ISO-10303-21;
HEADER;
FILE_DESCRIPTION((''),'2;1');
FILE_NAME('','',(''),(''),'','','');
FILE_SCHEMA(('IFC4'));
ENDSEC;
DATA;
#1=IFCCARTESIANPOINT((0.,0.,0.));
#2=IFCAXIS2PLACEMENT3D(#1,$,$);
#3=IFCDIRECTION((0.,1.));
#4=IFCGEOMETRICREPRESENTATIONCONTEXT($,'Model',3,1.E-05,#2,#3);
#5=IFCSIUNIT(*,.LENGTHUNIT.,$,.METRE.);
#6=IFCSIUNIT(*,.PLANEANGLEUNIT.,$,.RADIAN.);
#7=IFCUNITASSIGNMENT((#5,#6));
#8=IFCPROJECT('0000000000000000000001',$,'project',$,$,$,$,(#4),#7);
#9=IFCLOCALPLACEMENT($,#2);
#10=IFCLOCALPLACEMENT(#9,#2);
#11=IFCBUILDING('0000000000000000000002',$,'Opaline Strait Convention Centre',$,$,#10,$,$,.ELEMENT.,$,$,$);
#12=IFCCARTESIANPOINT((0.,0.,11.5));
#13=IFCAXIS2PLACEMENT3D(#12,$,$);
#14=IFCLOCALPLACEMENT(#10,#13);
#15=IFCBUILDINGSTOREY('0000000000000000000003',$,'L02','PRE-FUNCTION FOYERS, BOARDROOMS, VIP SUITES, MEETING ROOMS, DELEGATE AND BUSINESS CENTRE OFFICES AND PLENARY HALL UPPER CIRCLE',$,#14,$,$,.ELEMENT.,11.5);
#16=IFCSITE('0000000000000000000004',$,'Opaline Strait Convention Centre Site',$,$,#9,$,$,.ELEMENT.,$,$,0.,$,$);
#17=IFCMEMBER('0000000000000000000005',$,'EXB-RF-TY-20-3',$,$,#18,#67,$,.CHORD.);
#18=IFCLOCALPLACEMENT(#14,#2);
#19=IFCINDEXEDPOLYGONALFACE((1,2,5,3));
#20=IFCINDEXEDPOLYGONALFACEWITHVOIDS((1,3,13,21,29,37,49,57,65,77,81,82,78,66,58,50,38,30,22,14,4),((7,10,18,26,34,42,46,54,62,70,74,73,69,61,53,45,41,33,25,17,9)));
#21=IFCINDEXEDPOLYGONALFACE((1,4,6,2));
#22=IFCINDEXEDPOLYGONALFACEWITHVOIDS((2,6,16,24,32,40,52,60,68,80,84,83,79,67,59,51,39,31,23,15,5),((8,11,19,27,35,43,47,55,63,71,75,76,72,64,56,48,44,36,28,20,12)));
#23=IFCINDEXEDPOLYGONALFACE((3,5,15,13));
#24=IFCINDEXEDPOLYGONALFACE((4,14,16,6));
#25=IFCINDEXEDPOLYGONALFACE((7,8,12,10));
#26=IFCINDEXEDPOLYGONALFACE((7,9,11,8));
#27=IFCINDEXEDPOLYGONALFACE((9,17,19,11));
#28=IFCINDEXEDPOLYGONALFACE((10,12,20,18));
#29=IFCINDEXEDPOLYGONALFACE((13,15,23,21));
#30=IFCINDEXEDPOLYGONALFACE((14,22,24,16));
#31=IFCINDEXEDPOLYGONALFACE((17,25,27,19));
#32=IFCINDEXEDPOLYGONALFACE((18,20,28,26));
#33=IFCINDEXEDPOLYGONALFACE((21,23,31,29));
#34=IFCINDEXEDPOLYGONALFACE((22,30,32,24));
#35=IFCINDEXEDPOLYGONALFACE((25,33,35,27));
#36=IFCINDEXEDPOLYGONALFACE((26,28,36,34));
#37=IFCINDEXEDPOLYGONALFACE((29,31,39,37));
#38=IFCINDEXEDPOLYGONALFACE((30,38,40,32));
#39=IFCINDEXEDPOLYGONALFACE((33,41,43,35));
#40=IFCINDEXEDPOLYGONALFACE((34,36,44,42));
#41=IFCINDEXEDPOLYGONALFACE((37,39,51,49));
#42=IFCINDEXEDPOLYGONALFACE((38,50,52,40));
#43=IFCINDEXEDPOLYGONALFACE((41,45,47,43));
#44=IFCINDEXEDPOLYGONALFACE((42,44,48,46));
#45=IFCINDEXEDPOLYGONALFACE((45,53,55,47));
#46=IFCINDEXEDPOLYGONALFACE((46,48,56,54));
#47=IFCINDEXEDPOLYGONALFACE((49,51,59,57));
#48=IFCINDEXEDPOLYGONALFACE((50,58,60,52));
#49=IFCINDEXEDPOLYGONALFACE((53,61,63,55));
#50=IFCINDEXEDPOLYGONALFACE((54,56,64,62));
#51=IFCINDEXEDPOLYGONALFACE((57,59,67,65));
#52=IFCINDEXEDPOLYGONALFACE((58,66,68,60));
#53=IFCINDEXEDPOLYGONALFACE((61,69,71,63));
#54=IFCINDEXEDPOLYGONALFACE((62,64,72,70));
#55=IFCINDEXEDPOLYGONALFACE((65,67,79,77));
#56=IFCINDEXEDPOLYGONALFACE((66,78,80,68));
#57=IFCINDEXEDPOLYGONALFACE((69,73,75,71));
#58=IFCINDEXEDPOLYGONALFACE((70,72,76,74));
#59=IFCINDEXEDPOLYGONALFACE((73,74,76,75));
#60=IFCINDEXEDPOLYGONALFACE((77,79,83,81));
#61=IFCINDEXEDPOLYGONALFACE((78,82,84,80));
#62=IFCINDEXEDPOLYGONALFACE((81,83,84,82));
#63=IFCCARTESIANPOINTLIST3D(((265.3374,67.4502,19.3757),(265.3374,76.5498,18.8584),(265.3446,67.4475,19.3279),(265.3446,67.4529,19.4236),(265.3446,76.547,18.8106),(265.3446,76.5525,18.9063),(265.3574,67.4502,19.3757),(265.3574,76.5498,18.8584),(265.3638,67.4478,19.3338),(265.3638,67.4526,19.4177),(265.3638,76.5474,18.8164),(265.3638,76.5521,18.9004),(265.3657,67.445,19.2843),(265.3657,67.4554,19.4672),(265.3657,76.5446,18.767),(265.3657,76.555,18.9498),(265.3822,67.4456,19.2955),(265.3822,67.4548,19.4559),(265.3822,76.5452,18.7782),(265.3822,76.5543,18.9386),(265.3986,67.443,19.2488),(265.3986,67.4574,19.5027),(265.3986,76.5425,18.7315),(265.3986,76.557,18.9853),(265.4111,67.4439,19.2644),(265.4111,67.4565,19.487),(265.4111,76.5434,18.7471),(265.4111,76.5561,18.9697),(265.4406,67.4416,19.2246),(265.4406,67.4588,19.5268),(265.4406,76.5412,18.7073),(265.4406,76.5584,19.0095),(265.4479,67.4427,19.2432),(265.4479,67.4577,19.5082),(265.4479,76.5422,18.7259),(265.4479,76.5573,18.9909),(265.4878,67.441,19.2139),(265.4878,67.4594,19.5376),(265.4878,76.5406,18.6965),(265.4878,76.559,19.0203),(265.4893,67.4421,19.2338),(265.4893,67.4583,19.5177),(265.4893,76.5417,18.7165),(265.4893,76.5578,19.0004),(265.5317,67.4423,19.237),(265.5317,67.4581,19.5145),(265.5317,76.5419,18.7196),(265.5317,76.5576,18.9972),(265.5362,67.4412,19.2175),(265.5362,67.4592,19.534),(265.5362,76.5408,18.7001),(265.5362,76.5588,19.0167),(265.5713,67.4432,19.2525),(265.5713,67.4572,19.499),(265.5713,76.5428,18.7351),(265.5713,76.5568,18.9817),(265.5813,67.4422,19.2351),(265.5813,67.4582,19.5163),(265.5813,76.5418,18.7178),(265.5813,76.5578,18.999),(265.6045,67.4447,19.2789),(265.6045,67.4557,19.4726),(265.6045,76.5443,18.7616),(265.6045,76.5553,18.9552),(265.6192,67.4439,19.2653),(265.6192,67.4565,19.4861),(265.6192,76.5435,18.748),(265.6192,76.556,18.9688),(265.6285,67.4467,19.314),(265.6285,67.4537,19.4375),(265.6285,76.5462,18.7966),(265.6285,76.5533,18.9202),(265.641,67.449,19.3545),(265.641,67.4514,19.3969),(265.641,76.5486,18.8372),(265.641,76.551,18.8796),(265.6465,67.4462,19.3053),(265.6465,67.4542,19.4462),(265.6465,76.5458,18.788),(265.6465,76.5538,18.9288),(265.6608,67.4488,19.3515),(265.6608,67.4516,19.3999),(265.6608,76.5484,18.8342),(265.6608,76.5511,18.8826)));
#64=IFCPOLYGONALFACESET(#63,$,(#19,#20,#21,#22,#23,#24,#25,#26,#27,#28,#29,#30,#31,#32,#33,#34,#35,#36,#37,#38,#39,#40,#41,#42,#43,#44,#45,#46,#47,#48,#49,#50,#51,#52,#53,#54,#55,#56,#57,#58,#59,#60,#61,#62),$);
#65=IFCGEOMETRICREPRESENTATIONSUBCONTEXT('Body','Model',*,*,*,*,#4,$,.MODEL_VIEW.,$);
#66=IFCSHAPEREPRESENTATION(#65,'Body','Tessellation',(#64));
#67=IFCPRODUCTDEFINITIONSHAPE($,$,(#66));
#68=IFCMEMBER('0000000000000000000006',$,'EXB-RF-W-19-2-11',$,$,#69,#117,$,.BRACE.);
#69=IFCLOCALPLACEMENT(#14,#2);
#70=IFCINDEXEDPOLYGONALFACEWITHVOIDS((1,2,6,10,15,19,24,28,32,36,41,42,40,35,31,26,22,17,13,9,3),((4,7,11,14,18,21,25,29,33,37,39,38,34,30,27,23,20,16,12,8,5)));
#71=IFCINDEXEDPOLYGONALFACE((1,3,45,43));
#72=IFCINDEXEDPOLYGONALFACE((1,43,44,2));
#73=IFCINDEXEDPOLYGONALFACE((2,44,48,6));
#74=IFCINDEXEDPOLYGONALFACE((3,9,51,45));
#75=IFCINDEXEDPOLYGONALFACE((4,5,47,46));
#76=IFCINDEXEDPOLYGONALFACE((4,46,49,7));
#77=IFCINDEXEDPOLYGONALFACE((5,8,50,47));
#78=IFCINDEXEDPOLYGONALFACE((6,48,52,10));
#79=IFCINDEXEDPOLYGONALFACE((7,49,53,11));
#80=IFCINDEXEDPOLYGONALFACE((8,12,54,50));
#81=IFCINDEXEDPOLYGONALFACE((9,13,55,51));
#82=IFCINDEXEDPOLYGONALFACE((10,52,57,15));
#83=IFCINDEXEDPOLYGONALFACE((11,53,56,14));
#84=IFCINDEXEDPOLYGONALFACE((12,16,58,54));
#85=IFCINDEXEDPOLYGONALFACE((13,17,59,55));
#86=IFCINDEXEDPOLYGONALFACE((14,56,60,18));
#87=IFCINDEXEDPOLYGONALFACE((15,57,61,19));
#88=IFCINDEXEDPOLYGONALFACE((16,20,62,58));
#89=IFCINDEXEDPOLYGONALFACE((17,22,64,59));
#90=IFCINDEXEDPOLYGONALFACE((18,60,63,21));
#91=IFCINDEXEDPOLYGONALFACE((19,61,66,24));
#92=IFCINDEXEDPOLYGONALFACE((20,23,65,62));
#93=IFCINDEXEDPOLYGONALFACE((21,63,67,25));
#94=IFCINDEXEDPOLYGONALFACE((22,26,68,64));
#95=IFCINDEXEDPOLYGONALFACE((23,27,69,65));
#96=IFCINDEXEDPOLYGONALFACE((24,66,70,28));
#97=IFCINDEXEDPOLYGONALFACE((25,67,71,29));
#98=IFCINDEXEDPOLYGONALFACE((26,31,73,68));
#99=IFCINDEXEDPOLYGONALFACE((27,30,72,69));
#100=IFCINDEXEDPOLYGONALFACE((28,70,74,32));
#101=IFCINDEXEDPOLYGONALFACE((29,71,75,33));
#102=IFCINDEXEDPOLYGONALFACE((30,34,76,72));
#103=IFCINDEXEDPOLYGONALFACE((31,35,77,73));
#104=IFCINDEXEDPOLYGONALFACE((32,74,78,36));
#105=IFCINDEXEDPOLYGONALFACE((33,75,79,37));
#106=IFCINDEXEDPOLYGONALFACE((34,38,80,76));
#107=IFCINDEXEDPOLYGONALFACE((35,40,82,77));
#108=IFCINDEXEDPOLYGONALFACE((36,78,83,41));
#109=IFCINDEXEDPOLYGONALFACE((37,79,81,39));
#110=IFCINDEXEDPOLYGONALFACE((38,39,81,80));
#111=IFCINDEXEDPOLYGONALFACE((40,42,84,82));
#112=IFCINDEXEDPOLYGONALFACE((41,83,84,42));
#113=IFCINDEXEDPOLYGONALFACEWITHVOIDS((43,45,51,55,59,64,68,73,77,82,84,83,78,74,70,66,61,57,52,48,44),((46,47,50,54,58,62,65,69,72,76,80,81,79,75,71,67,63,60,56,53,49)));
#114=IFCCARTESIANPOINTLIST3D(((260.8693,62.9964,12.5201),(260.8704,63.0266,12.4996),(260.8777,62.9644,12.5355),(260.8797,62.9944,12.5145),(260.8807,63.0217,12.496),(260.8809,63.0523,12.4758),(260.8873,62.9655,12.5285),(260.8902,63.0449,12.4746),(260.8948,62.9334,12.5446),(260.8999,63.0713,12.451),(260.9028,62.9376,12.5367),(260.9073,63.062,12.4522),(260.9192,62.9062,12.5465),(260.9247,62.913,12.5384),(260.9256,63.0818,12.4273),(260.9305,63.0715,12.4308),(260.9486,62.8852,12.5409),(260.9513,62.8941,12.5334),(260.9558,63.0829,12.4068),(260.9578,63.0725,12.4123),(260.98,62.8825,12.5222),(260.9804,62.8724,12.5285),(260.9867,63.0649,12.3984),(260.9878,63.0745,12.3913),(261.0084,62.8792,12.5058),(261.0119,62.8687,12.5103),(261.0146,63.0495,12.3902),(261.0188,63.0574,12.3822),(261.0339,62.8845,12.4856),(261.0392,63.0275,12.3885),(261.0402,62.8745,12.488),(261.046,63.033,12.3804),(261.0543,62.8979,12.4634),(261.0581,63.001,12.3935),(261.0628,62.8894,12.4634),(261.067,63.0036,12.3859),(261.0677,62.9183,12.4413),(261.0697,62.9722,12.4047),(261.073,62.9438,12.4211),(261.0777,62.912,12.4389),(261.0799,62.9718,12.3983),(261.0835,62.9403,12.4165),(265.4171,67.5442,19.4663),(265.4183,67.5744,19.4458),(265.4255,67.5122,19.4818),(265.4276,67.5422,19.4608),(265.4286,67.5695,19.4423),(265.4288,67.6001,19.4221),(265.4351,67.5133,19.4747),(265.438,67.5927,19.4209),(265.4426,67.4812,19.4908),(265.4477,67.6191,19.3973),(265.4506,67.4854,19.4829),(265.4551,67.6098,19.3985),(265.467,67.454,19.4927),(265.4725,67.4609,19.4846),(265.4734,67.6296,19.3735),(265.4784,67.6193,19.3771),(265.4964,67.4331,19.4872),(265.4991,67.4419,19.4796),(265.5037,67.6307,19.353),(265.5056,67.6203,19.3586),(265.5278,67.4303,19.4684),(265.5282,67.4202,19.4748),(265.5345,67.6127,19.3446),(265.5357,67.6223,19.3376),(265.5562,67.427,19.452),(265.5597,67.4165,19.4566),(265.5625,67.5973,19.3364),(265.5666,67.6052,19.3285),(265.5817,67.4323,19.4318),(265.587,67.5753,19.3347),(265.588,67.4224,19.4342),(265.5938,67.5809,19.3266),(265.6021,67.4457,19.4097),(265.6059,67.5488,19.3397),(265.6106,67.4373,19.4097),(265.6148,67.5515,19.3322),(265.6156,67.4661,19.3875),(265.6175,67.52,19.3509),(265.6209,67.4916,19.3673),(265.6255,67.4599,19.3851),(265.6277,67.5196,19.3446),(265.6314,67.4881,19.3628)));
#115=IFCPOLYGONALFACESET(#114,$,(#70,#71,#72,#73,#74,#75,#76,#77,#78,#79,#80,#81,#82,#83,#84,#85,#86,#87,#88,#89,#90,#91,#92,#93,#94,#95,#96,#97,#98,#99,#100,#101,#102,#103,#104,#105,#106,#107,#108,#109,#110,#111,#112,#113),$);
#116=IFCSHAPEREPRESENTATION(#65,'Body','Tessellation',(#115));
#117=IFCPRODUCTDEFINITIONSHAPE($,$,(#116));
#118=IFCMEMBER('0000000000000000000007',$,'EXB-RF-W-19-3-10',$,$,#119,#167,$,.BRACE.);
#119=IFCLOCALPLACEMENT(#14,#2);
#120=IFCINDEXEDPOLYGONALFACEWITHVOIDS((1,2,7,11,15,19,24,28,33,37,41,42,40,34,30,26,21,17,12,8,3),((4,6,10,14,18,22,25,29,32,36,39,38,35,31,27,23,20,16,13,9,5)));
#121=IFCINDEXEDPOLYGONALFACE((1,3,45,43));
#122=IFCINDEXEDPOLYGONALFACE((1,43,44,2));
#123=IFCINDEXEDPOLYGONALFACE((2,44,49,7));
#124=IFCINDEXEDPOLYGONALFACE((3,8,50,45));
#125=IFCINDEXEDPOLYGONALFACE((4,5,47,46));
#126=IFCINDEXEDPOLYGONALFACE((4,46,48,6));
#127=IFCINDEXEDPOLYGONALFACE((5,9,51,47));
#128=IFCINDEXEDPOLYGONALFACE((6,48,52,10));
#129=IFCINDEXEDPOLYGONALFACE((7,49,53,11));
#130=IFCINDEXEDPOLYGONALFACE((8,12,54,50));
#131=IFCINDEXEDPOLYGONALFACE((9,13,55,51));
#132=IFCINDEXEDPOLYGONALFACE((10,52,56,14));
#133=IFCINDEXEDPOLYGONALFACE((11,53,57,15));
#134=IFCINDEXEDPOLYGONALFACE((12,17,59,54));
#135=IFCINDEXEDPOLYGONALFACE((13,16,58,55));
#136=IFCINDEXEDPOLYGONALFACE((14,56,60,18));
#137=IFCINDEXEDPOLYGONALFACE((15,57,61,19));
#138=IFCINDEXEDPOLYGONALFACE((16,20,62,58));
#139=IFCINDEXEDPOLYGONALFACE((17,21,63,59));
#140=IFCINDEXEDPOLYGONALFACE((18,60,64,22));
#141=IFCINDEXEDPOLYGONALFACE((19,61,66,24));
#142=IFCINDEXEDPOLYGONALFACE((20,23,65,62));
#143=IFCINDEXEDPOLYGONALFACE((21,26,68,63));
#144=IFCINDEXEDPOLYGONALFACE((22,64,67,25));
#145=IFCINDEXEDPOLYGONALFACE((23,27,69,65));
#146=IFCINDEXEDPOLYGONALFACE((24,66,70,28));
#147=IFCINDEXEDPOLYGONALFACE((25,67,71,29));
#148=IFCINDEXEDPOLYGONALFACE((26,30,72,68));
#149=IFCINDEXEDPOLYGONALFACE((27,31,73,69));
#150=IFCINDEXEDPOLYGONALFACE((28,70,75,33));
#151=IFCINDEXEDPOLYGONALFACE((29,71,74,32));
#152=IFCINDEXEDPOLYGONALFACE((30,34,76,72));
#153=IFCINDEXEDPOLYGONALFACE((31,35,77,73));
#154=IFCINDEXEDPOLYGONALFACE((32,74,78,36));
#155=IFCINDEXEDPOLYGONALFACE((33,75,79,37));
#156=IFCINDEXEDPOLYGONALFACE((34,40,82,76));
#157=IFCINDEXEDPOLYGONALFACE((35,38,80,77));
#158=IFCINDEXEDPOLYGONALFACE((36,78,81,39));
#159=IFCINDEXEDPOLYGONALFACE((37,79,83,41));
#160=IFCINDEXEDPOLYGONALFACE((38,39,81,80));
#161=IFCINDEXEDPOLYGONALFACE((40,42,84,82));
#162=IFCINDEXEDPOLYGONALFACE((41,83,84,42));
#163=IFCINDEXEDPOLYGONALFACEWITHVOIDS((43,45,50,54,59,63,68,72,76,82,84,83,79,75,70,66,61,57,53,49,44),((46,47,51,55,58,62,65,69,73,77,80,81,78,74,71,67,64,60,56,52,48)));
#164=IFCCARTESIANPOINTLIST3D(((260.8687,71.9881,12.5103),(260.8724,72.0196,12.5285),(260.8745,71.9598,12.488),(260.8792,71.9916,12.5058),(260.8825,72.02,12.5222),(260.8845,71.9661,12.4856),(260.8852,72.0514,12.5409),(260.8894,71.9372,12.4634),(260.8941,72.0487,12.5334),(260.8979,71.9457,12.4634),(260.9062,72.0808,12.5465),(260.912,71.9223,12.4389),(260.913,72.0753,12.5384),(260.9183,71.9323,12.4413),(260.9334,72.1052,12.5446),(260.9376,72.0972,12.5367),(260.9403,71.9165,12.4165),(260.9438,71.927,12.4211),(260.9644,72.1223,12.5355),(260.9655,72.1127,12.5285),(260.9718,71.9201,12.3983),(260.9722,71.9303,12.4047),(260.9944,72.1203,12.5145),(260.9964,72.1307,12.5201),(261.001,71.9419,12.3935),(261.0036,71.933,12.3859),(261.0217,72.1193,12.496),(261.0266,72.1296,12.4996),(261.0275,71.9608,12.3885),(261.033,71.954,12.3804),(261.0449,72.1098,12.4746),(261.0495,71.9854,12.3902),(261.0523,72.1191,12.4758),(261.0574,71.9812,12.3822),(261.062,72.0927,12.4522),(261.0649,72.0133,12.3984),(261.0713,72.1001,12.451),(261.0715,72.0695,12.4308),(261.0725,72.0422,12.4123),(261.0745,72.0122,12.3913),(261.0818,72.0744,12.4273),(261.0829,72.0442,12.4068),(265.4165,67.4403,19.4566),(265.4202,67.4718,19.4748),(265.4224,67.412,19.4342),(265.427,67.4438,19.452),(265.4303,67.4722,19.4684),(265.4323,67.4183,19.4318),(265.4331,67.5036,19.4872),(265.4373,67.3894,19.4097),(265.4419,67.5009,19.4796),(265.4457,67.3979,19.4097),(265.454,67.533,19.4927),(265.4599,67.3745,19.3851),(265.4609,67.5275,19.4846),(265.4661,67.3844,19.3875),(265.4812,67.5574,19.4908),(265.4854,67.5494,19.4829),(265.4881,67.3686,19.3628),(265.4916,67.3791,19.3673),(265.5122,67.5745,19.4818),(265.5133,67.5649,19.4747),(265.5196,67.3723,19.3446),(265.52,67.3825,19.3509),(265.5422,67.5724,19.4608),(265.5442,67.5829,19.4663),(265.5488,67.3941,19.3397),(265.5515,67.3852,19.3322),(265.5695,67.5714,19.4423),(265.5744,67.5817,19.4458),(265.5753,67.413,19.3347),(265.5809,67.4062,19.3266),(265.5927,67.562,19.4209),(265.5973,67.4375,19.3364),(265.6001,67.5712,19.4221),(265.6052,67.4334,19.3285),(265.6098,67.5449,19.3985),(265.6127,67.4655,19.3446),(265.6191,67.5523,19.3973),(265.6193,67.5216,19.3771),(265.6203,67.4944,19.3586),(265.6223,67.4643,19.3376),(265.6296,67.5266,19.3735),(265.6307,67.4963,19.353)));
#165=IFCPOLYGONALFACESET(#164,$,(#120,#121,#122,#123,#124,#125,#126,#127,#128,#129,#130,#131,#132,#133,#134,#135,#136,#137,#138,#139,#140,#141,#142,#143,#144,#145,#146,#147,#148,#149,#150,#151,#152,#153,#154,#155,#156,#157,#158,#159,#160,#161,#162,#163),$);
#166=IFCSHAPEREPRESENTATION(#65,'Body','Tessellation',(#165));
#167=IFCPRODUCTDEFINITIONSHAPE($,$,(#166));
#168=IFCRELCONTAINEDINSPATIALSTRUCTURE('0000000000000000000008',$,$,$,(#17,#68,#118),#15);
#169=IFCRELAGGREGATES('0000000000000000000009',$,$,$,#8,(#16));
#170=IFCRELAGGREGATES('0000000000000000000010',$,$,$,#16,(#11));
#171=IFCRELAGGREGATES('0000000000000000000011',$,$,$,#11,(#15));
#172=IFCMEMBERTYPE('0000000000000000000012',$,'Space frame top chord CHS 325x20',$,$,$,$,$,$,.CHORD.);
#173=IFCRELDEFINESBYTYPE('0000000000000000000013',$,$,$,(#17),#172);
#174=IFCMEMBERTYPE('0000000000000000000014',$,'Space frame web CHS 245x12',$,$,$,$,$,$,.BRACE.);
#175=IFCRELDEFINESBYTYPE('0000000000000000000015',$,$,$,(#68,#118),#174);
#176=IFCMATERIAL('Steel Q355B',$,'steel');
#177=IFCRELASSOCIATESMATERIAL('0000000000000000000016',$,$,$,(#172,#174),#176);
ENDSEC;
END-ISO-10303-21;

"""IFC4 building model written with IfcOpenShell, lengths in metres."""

from ifc_helpers import new_model, si_unit, direction, frame, origin, origin_2d, place, context, subcontext, project, spatial, hollow_circle, extrude, material, material_profile, profile_set, type_object, element, save


model = new_model("IFC4")

# Units and contexts
model_context = context("Model", 3, precision=1e-05, world=origin(), true_north=direction((0.0, 1.0)))
body_context = subcontext(model_context, "Body", "Model", "MODEL_VIEW")
ifc_project = project(units=[si_unit("LENGTHUNIT", "METRE"), si_unit("PLANEANGLEUNIT", "RADIAN")], contexts=[model_context])

# Site, building, storey
site_placement = place(None, origin())
site = spatial("IfcSite", under=ifc_project, at=site_placement, Name="Opaline Strait Convention Centre Site", CompositionType="ELEMENT", RefElevation=0.0)
building_placement = place(site_placement, origin())
building = spatial("IfcBuilding", under=site, at=building_placement, Name="Opaline Strait Convention Centre", CompositionType="ELEMENT")
storey_placement = place(building_placement, frame((0.0, 0.0, 11.5)))
storey = spatial("IfcBuildingStorey", under=building, at=storey_placement, Name="L02", Description="PRE-FUNCTION FOYERS, BOARDROOMS, VIP SUITES, MEETING ROOMS, DELEGATE AND BUSINESS CENTRE OFFICES AND PLENARY HALL UPPER CIRCLE", CompositionType="ELEMENT", Elevation=11.5)

# Members
ifc_material_1 = material(Name="Steel Q355B", Category="steel")
ifc_material_profile_1 = material_profile(ifc_material_1, hollow_circle(Radius=0.1626, WallThickness=0.02, at=origin_2d()), Name="CHS 325x20")
ifc_profile_set_1 = profile_set([ifc_material_profile_1], Name="Steel Q355B")
member_type_1 = type_object("IfcMemberType", Name="Space frame top chord CHS 325x20", PredefinedType="CHORD", material=ifc_profile_set_1)
member_1_placement = place(storey_placement, frame((265.5, 67.4502, 19.3757), z_axis=(0.0, 0.998388, -0.056761), x_axis=(-1.0, 0.0, 0.0)))
element("IfcMember", 1, at=member_1_placement, inside=storey, type_object=member_type_1, Name="EXB-RF-TY-20-3", PredefinedType="CHORD", context=body_context, shape_type="SweptSolid", body=[
    extrude(hollow_circle(Radius=0.1626, WallThickness=0.02, at=origin_2d()), origin(), (0.0, 0.0, 1.0), 9.1143),
])
ifc_material_profile_2 = material_profile(ifc_material_1, hollow_circle(Radius=0.1226, WallThickness=0.012, at=origin_2d()), Name="CHS 245x12")
ifc_profile_set_2 = profile_set([ifc_material_profile_2], Name="Steel Q355B")
member_type_2 = type_object("IfcMemberType", Name="Space frame web CHS 245x12", PredefinedType="BRACE", material=ifc_profile_set_2)
for number, where, z_axis, x_axis, name in (
    (2, (265.5239, 67.5239, 19.4097), (-0.480409, -0.480409, -0.733767), (0.707107, -0.707107, 0.0), "EXB-RF-W-19-2-11"),
    (3, (265.5239, 67.4761, 19.4097), (-0.480409, 0.480409, -0.733767), (-0.707107, -0.707107, 0.0), "EXB-RF-W-19-3-10"),
):
    element("IfcMember", number, at=place(storey_placement, frame(where, z_axis=z_axis, x_axis=x_axis)), inside=storey, type_object=member_type_2, Name=name, PredefinedType="BRACE", context=body_context, shape_type="SweptSolid", body=[
        extrude(hollow_circle(Radius=0.1226, WallThickness=0.012, at=origin_2d()), origin(), (0.0, 0.0, 1.0), 9.4666),
    ])

save(model, "model.ifc")
